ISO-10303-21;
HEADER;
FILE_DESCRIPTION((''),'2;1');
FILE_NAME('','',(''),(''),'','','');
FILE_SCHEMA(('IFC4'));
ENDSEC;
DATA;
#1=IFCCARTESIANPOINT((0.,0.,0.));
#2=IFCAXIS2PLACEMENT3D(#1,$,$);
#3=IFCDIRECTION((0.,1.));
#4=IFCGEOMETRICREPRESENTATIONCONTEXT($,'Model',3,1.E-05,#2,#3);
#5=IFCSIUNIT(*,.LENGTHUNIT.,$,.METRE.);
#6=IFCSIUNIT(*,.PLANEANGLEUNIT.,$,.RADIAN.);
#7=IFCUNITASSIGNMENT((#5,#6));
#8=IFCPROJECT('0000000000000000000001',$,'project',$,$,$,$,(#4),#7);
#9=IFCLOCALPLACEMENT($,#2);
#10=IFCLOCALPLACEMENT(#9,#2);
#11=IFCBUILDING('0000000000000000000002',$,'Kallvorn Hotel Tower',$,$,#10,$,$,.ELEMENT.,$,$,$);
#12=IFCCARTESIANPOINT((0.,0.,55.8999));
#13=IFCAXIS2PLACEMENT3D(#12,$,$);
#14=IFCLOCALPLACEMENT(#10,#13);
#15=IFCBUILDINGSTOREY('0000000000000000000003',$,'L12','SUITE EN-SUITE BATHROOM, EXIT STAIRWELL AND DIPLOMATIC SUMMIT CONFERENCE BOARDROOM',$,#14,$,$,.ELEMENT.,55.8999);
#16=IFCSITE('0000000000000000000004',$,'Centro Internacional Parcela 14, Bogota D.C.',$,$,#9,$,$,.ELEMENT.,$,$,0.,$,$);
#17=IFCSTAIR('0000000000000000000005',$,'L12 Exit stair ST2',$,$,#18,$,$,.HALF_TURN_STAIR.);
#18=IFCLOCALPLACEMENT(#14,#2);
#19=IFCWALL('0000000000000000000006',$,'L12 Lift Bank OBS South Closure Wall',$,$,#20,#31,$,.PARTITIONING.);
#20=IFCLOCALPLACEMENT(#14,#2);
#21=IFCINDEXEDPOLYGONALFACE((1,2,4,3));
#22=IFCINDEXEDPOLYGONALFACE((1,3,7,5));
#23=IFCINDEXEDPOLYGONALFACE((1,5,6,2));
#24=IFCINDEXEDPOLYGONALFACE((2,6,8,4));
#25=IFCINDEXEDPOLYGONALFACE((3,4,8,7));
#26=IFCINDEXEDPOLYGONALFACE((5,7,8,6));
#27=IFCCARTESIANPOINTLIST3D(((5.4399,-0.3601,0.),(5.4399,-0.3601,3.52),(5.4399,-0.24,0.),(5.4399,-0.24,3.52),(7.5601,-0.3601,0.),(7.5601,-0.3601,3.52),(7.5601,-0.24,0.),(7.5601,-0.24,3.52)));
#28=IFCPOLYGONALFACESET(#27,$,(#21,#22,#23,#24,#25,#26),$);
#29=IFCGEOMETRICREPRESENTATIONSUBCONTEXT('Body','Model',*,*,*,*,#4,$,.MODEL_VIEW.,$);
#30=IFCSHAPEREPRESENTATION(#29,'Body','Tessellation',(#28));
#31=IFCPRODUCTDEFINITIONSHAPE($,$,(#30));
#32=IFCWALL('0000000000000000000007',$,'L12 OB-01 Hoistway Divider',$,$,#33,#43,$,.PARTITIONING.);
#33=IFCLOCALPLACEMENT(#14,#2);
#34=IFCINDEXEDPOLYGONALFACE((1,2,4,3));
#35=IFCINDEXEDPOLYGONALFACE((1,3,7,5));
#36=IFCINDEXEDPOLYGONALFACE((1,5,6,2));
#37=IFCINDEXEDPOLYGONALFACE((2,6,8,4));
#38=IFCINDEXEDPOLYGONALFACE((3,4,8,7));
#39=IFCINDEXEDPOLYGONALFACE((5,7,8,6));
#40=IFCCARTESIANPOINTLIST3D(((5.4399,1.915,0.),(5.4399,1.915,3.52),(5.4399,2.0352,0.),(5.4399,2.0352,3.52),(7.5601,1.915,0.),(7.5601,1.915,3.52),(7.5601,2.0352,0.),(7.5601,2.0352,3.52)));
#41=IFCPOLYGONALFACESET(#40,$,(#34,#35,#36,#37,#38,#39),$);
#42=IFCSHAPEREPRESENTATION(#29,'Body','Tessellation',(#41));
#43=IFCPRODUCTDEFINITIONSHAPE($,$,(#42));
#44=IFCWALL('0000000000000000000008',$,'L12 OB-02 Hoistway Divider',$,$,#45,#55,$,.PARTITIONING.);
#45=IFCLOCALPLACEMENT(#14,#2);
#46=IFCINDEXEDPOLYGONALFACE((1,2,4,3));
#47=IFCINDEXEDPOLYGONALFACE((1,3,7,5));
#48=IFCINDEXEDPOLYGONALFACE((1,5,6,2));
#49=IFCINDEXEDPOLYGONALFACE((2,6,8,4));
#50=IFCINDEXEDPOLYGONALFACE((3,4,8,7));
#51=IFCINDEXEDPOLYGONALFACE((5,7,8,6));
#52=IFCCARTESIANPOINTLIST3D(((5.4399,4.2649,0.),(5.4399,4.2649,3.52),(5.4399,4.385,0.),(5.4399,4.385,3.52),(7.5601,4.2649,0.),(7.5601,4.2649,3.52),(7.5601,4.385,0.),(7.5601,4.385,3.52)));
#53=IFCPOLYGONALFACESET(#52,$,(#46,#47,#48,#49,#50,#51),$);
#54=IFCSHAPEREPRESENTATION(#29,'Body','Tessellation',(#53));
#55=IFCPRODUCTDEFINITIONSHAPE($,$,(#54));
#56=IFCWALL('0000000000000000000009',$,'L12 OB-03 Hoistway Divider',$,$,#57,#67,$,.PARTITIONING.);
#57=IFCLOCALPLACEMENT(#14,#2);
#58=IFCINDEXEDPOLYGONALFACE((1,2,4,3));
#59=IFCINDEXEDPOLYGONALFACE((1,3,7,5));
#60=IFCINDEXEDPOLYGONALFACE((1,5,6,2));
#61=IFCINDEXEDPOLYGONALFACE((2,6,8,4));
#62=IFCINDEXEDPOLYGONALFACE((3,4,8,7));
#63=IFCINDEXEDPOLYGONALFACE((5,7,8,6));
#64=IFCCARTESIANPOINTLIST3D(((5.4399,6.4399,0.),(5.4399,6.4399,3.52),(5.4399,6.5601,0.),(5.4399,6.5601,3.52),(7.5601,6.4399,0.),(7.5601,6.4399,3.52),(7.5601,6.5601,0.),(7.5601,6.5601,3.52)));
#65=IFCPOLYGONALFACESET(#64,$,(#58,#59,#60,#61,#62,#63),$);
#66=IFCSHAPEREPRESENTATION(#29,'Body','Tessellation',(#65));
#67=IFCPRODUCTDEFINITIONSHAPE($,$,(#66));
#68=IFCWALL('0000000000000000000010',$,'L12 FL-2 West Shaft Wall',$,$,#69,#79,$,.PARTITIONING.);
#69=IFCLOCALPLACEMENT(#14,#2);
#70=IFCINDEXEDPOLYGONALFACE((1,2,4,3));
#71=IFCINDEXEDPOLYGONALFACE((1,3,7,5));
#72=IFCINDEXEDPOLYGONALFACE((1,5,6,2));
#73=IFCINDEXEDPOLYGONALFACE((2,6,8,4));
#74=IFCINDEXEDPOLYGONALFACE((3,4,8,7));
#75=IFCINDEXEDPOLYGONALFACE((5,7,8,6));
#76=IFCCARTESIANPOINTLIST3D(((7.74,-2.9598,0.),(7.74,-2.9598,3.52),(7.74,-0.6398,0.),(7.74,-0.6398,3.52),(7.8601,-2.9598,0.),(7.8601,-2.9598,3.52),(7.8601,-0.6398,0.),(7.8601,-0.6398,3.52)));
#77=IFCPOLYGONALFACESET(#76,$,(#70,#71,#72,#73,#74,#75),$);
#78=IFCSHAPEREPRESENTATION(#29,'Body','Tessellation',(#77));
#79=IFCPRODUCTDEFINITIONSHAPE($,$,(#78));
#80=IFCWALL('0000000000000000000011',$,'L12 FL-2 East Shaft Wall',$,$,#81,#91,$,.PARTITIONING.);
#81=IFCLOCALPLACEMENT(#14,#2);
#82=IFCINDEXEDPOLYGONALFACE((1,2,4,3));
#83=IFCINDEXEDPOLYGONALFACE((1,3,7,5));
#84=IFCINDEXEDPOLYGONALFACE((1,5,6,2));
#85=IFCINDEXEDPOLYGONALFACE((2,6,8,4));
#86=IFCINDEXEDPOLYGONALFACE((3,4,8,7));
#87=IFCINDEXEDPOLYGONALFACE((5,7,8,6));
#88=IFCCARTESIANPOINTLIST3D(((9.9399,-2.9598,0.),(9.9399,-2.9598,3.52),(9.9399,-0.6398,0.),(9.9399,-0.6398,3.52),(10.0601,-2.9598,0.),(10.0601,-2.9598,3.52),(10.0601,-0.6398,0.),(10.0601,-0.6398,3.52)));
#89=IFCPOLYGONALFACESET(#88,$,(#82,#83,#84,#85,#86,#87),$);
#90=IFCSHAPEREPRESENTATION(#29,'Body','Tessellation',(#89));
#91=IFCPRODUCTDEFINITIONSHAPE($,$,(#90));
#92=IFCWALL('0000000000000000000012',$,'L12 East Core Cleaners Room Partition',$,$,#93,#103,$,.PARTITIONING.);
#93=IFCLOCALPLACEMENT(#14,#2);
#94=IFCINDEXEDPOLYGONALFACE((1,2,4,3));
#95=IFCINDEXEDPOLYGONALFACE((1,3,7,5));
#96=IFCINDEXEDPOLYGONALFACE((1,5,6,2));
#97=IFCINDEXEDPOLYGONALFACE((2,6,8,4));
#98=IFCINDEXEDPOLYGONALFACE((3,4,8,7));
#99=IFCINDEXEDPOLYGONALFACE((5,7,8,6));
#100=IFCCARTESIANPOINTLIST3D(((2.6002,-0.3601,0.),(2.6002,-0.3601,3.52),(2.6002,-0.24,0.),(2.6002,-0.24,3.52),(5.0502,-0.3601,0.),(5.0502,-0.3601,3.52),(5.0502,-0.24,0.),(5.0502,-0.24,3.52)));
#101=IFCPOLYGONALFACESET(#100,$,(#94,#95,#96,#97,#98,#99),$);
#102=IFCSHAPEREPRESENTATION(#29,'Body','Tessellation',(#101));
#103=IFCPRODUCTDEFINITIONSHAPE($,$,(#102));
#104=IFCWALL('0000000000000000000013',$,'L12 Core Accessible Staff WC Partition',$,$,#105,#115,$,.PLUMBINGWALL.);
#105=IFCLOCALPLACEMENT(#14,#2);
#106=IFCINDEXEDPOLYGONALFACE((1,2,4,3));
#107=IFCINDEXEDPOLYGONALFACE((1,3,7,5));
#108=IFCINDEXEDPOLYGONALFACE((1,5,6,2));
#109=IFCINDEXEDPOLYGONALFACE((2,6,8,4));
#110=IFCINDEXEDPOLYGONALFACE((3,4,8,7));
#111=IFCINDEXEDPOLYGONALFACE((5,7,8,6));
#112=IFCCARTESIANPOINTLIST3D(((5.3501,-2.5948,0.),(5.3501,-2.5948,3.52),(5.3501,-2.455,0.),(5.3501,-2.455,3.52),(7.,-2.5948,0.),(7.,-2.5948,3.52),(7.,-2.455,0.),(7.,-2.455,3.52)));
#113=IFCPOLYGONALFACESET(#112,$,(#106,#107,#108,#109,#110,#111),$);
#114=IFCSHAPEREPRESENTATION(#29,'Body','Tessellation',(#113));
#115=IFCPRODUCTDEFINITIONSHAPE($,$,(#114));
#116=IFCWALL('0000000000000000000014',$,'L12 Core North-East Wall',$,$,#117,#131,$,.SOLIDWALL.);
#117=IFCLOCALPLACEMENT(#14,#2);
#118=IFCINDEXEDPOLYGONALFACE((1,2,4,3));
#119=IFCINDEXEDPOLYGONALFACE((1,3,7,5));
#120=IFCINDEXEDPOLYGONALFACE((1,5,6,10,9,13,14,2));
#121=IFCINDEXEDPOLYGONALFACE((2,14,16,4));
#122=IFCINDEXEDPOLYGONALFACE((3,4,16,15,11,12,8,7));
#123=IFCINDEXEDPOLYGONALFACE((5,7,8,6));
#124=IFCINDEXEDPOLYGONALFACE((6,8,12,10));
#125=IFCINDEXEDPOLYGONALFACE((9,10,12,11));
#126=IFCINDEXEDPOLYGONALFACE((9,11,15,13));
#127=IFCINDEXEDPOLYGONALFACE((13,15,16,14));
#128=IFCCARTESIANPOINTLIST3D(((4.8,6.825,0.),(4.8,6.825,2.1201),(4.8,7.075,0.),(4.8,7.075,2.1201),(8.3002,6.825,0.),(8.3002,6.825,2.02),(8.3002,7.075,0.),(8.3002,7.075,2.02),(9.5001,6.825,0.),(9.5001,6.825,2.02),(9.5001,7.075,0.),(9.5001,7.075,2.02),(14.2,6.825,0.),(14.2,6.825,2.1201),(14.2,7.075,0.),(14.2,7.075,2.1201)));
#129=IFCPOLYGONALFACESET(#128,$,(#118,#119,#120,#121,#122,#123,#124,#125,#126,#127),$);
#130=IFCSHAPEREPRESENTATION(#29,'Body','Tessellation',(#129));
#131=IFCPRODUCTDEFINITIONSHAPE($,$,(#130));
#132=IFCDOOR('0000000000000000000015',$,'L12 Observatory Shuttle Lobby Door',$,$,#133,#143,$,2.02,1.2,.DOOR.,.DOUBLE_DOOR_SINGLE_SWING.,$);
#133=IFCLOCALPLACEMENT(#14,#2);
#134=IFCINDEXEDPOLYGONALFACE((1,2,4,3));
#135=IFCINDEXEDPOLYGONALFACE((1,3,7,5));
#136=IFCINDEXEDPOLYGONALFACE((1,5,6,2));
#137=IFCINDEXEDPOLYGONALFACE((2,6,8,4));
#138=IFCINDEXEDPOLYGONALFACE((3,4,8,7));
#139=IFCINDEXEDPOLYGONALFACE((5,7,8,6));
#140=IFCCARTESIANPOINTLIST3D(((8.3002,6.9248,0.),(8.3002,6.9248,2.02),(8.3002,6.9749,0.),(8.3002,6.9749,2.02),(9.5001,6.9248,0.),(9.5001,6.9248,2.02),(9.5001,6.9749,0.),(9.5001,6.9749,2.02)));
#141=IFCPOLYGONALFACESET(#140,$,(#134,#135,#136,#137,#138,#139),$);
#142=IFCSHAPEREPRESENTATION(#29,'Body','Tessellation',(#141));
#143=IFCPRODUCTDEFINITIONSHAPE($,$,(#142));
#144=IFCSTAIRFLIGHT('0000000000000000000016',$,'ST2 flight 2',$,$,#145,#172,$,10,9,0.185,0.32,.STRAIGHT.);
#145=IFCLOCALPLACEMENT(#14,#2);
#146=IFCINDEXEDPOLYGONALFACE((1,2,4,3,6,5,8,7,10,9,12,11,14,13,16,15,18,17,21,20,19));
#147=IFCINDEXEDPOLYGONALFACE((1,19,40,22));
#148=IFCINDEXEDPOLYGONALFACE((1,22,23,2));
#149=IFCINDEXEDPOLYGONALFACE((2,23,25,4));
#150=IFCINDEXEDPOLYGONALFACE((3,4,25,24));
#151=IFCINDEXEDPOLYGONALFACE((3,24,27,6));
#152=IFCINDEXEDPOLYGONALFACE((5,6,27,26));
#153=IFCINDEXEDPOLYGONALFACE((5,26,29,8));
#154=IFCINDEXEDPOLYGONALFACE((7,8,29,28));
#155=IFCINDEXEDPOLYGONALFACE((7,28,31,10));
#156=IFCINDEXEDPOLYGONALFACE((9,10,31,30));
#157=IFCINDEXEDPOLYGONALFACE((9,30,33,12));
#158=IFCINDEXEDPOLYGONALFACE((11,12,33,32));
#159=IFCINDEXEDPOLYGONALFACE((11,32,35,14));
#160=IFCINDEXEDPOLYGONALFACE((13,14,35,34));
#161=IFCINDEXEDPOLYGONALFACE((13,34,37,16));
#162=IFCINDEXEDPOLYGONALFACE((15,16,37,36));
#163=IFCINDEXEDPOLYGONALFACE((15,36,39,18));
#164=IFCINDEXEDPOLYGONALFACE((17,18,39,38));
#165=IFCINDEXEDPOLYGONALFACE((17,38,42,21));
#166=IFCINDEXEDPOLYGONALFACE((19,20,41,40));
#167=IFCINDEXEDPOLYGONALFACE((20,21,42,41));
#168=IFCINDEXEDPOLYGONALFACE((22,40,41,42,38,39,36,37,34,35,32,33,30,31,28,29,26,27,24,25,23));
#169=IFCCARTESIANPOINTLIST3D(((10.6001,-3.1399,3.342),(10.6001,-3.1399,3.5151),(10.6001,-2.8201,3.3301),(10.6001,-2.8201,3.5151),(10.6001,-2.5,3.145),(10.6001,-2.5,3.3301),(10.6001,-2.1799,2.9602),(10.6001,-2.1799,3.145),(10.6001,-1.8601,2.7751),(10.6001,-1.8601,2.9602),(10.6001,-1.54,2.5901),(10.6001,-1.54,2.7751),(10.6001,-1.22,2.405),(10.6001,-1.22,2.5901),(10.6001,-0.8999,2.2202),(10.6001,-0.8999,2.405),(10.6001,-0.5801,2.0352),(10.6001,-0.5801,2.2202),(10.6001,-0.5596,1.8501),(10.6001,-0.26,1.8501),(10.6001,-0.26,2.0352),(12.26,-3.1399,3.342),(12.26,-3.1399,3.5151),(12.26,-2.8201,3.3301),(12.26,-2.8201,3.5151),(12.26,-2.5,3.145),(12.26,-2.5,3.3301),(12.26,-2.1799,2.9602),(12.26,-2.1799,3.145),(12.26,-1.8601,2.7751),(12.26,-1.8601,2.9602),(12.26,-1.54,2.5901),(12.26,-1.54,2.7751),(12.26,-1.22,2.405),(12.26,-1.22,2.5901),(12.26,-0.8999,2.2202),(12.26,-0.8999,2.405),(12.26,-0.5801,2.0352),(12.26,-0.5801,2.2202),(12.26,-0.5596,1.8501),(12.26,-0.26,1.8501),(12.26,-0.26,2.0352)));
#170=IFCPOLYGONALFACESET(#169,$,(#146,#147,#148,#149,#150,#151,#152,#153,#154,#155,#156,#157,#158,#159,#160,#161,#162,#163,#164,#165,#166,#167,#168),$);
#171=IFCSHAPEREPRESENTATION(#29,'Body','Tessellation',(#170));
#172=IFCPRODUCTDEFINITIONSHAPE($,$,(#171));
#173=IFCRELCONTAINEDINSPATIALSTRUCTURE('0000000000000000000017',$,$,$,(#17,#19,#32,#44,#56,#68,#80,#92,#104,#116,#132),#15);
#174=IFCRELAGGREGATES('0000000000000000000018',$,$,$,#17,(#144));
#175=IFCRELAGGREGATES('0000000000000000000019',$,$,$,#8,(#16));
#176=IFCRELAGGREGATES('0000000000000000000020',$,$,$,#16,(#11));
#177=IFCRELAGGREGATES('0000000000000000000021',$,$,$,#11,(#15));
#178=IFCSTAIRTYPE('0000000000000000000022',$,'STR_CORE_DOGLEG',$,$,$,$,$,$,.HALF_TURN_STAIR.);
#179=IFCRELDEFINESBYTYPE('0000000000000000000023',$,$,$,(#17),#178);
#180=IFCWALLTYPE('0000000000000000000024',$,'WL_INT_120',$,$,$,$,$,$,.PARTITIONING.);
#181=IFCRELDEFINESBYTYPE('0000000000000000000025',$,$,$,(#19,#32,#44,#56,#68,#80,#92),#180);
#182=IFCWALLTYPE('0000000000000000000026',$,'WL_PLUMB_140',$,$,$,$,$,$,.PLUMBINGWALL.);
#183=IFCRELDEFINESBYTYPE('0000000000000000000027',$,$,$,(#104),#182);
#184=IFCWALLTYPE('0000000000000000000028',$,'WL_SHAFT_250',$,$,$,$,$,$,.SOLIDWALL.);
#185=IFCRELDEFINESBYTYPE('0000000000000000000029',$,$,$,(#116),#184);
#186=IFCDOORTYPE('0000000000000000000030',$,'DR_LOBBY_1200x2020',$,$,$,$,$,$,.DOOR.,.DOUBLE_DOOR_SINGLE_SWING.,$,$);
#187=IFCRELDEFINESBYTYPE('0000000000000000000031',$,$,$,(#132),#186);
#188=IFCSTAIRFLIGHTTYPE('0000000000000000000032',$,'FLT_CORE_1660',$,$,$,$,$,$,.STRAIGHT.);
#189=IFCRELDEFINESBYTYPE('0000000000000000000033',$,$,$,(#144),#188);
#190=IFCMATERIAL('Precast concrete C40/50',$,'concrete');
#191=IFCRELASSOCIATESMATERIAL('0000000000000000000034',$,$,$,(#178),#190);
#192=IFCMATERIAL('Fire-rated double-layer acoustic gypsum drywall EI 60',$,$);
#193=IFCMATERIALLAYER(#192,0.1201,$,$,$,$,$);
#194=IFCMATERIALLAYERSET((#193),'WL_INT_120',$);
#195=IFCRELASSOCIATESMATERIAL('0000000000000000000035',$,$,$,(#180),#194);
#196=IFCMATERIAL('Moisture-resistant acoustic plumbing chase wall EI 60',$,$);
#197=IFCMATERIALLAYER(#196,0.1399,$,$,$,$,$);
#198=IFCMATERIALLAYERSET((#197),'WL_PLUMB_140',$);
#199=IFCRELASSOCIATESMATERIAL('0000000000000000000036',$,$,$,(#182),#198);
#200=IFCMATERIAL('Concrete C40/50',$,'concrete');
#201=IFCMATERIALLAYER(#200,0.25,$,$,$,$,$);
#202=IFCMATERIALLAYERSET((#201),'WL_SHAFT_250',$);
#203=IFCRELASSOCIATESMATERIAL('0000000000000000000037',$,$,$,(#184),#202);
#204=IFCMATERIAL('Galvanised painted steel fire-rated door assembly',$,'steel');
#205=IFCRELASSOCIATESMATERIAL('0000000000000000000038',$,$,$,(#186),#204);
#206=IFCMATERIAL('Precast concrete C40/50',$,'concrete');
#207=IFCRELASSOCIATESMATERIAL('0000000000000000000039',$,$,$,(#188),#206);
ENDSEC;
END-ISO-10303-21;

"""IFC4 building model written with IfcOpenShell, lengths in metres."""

from ifc_helpers import new_model, si_unit, direction, frame, frame_2d, origin, place, context, subcontext, project, spatial, polyline, rectangle, outline, extrude, material, layer, layer_set, type_object, element, fill, aggregate, save


model = new_model("IFC4")

# Units and contexts
model_context = context("Model", 3, precision=1e-05, world=origin(), true_north=direction((0.0, 1.0)))
body_context = subcontext(model_context, "Body", "Model", "MODEL_VIEW")
ifc_project = project(units=[si_unit("LENGTHUNIT", "METRE"), si_unit("PLANEANGLEUNIT", "RADIAN")], contexts=[model_context])

# Site, building, storey
site_placement = place(None, origin())
site = spatial("IfcSite", under=ifc_project, at=site_placement, Name="Centro Internacional Parcela 14, Bogota D.C.", CompositionType="ELEMENT", RefElevation=0.0)
building_placement = place(site_placement, origin())
building = spatial("IfcBuilding", under=site, at=building_placement, Name="Kallvorn Hotel Tower", CompositionType="ELEMENT")
storey_placement = place(building_placement, frame((0.0, 0.0, 55.8999)))
storey = spatial("IfcBuildingStorey", under=building, at=storey_placement, Name="L12", Description="SUITE EN-SUITE BATHROOM, EXIT STAIRWELL AND DIPLOMATIC SUMMIT CONFERENCE BOARDROOM", CompositionType="ELEMENT", Elevation=55.8999)

# Stair
ifc_material_1 = material(Name="Precast concrete C40/50", Category="concrete")
stair_type = type_object("IfcStairType", Name="STR_CORE_DOGLEG", PredefinedType="HALF_TURN_STAIR", material=ifc_material_1)
stair_1_placement = place(storey_placement, origin())
stair_1 = element("IfcStair", 1, at=stair_1_placement, inside=storey, type_object=stair_type, Name="L12 Exit stair ST2", PredefinedType="HALF_TURN_STAIR")

# Walls
ifc_material_2 = material(Name="Fire-rated double-layer acoustic gypsum drywall EI 60")
ifc_layer_1 = layer(ifc_material_2, 0.1201)
ifc_layer_set_1 = layer_set([ifc_layer_1], Name="WL_INT_120")
wall_type_1 = type_object("IfcWallType", Name="WL_INT_120", PredefinedType="PARTITIONING", material=ifc_layer_set_1)
for number, where, z_axis, x_axis, name in (
    (2, (5.4399, -0.3, 0.0), (0.0, 0.0, 1.0), (1.0, 0.0, 0.0), "L12 Lift Bank OBS South Closure Wall"),
    (3, (5.4399, 1.9751, 0.0), (0.0, 0.0, 1.0), (1.0, 0.0, 0.0), "L12 OB-01 Hoistway Divider"),
    (4, (5.4399, 4.325, 0.0), (0.0, 0.0, 1.0), (1.0, 0.0, 0.0), "L12 OB-02 Hoistway Divider"),
    (5, (5.4399, 6.5, 0.0), (0.0, 0.0, 1.0), (1.0, 0.0, 0.0), "L12 OB-03 Hoistway Divider"),
):
    element("IfcWall", number, at=place(storey_placement, frame(where, z_axis=z_axis, x_axis=x_axis)), inside=storey, type_object=wall_type_1, Name=name, PredefinedType="PARTITIONING", context=body_context, shape_type="SweptSolid", body=[
        extrude(rectangle(XDim=2.1201, YDim=0.1201, at=frame_2d((1.0601, 0.0))), origin(), (0.0, 0.0, 1.0), 3.52),
    ])
for number, where, z_axis, x_axis, name in (
    (6, (7.8, -2.96, 0.0), (0.0, 0.0, 1.0), (0.0, 1.0, 0.0), "L12 FL-2 West Shaft Wall"),
    (7, (10.0, -2.96, 0.0), (0.0, 0.0, 1.0), (0.0, 1.0, 0.0), "L12 FL-2 East Shaft Wall"),
):
    element("IfcWall", number, at=place(storey_placement, frame(where, z_axis=z_axis, x_axis=x_axis)), inside=storey, type_object=wall_type_1, Name=name, PredefinedType="PARTITIONING", context=body_context, shape_type="SweptSolid", body=[
        extrude(rectangle(XDim=2.3201, YDim=0.1201, at=frame_2d((1.1602, 0.0))), origin(), (0.0, 0.0, 1.0), 3.52),
    ])
wall_1_placement = place(storey_placement, frame((2.6001, -0.3, 0.0), z_axis=(0.0, 0.0, 1.0), x_axis=(1.0, 0.0, 0.0)))
element("IfcWall", 8, at=wall_1_placement, inside=storey, type_object=wall_type_1, Name="L12 East Core Cleaners Room Partition", PredefinedType="PARTITIONING", context=body_context, shape_type="SweptSolid", body=[
    extrude(rectangle(XDim=2.45, YDim=0.1201, at=frame_2d((1.2251, 0.0))), origin(), (0.0, 0.0, 1.0), 3.52),
])
ifc_material_3 = material(Name="Moisture-resistant acoustic plumbing chase wall EI 60")
ifc_layer_2 = layer(ifc_material_3, 0.1399)
ifc_layer_set_2 = layer_set([ifc_layer_2], Name="WL_PLUMB_140")
wall_type_2 = type_object("IfcWallType", Name="WL_PLUMB_140", PredefinedType="PLUMBINGWALL", material=ifc_layer_set_2)
wall_2_placement = place(storey_placement, frame((5.3501, -2.5249, 0.0), z_axis=(0.0, 0.0, 1.0), x_axis=(1.0, 0.0, 0.0)))
element("IfcWall", 9, at=wall_2_placement, inside=storey, type_object=wall_type_2, Name="L12 Core Accessible Staff WC Partition", PredefinedType="PLUMBINGWALL", context=body_context, shape_type="SweptSolid", body=[
    extrude(rectangle(XDim=1.6499, YDim=0.1399, at=frame_2d((0.825, 0.0))), origin(), (0.0, 0.0, 1.0), 3.52),
])

# Wall, opening, door
ifc_material_4 = material(Name="Concrete C40/50", Category="concrete")
ifc_layer_3 = layer(ifc_material_4, 0.25)
ifc_layer_set_3 = layer_set([ifc_layer_3], Name="WL_SHAFT_250")
wall_type_3 = type_object("IfcWallType", Name="WL_SHAFT_250", PredefinedType="SOLIDWALL", material=ifc_layer_set_3)
wall_3_placement = place(storey_placement, frame((4.8, 6.95, 0.0), z_axis=(0.0, 0.0, 1.0), x_axis=(1.0, 0.0, 0.0)))
wall_3 = element("IfcWall", 10, at=wall_3_placement, inside=storey, type_object=wall_type_3, Name="L12 Core North-East Wall", PredefinedType="SOLIDWALL", context=body_context, shape_type="SweptSolid", body=[
    extrude(rectangle(XDim=9.3999, YDim=0.25, at=frame_2d((4.7, 0.0))), origin(), (0.0, 0.0, 1.0), 2.1201),
])
opening_placement = place(wall_3_placement, frame((3.5, 0.0, 0.0)))
opening = element("IfcOpeningElement", 11, at=opening_placement, cuts=wall_3, PredefinedType="OPENING", context=body_context, shape_type="SweptSolid", body=[
    extrude(rectangle(XDim=1.2, YDim=2.02, at=frame_2d((0.6001, 1.01))), frame((0.0, 0.1399, 0.0), z_axis=(0.0, -1.0, 0.0), x_axis=(1.0, 0.0, 0.0)), (0.0, 0.0, 1.0), 0.28),
])
ifc_material_5 = material(Name="Galvanised painted steel fire-rated door assembly", Category="steel")
door_type = type_object("IfcDoorType", Name="DR_LOBBY_1200x2020", OperationType="DOUBLE_DOOR_SINGLE_SWING", PredefinedType="DOOR", material=ifc_material_5)
door_placement = place(opening_placement, origin())
door = element("IfcDoor", 12, at=door_placement, inside=storey, type_object=door_type, Name="L12 Observatory Shuttle Lobby Door", OperationType="DOUBLE_DOOR_SINGLE_SWING", OverallHeight=2.02, OverallWidth=1.2, PredefinedType="DOOR", context=body_context, shape_type="SweptSolid", body=[
    extrude(rectangle(XDim=1.2, YDim=2.02, at=frame_2d((0.6001, 1.01))), frame((0.0, 0.0249, 0.0), z_axis=(0.0, -1.0, 0.0), x_axis=(1.0, 0.0, 0.0)), (0.0, 0.0, 1.0), 0.05),
])
fill(opening, door)

# Stair flight
ifc_material_6 = material(Name="Precast concrete C40/50", Category="concrete")
stair_flight_type = type_object("IfcStairFlightType", Name="FLT_CORE_1660", PredefinedType="STRAIGHT", material=ifc_material_6)
stair_flight_1_placement = place(storey_placement, frame((11.4299, -0.26, 1.8501), z_axis=(0.0, 0.0, 1.0), x_axis=(0.0, -1.0, 0.0)))
stair_flight_1 = element("IfcStairFlight", 13, at=stair_flight_1_placement, type_object=stair_flight_type, Name="ST2 flight 2", NumberOfRisers=10, NumberOfTreads=9, PredefinedType="STRAIGHT", RiserHeight=0.185, TreadLength=0.32, context=body_context, shape_type="SweptSolid", body=[
    extrude(outline(polyline([(0.0, 0.0), (0.0, 0.1851), (0.3201, 0.1851), (0.3201, 0.3701), (0.6399, 0.3701), (0.6399, 0.5549), (0.96, 0.5549), (0.96, 0.74), (1.28, 0.74), (1.28, 0.925), (1.6001, 0.925), (1.6001, 1.1101), (1.9199, 1.1101), (1.9199, 1.2949), (2.24, 1.2949), (2.24, 1.48), (2.5601, 1.48), (2.5601, 1.665), (2.8799, 1.665), (2.8799, 1.8501), (2.8799, 1.4919), (0.2996, 0.0), (0.0, 0.0)])), frame((0.0, 0.8301, 0.0), z_axis=(0.0, -1.0, 0.0), x_axis=(1.0, 0.0, 0.0)), (0.0, 0.0, 1.0), 1.6599),
])
aggregate(stair_1, [stair_flight_1])

save(model, "model.ifc")
